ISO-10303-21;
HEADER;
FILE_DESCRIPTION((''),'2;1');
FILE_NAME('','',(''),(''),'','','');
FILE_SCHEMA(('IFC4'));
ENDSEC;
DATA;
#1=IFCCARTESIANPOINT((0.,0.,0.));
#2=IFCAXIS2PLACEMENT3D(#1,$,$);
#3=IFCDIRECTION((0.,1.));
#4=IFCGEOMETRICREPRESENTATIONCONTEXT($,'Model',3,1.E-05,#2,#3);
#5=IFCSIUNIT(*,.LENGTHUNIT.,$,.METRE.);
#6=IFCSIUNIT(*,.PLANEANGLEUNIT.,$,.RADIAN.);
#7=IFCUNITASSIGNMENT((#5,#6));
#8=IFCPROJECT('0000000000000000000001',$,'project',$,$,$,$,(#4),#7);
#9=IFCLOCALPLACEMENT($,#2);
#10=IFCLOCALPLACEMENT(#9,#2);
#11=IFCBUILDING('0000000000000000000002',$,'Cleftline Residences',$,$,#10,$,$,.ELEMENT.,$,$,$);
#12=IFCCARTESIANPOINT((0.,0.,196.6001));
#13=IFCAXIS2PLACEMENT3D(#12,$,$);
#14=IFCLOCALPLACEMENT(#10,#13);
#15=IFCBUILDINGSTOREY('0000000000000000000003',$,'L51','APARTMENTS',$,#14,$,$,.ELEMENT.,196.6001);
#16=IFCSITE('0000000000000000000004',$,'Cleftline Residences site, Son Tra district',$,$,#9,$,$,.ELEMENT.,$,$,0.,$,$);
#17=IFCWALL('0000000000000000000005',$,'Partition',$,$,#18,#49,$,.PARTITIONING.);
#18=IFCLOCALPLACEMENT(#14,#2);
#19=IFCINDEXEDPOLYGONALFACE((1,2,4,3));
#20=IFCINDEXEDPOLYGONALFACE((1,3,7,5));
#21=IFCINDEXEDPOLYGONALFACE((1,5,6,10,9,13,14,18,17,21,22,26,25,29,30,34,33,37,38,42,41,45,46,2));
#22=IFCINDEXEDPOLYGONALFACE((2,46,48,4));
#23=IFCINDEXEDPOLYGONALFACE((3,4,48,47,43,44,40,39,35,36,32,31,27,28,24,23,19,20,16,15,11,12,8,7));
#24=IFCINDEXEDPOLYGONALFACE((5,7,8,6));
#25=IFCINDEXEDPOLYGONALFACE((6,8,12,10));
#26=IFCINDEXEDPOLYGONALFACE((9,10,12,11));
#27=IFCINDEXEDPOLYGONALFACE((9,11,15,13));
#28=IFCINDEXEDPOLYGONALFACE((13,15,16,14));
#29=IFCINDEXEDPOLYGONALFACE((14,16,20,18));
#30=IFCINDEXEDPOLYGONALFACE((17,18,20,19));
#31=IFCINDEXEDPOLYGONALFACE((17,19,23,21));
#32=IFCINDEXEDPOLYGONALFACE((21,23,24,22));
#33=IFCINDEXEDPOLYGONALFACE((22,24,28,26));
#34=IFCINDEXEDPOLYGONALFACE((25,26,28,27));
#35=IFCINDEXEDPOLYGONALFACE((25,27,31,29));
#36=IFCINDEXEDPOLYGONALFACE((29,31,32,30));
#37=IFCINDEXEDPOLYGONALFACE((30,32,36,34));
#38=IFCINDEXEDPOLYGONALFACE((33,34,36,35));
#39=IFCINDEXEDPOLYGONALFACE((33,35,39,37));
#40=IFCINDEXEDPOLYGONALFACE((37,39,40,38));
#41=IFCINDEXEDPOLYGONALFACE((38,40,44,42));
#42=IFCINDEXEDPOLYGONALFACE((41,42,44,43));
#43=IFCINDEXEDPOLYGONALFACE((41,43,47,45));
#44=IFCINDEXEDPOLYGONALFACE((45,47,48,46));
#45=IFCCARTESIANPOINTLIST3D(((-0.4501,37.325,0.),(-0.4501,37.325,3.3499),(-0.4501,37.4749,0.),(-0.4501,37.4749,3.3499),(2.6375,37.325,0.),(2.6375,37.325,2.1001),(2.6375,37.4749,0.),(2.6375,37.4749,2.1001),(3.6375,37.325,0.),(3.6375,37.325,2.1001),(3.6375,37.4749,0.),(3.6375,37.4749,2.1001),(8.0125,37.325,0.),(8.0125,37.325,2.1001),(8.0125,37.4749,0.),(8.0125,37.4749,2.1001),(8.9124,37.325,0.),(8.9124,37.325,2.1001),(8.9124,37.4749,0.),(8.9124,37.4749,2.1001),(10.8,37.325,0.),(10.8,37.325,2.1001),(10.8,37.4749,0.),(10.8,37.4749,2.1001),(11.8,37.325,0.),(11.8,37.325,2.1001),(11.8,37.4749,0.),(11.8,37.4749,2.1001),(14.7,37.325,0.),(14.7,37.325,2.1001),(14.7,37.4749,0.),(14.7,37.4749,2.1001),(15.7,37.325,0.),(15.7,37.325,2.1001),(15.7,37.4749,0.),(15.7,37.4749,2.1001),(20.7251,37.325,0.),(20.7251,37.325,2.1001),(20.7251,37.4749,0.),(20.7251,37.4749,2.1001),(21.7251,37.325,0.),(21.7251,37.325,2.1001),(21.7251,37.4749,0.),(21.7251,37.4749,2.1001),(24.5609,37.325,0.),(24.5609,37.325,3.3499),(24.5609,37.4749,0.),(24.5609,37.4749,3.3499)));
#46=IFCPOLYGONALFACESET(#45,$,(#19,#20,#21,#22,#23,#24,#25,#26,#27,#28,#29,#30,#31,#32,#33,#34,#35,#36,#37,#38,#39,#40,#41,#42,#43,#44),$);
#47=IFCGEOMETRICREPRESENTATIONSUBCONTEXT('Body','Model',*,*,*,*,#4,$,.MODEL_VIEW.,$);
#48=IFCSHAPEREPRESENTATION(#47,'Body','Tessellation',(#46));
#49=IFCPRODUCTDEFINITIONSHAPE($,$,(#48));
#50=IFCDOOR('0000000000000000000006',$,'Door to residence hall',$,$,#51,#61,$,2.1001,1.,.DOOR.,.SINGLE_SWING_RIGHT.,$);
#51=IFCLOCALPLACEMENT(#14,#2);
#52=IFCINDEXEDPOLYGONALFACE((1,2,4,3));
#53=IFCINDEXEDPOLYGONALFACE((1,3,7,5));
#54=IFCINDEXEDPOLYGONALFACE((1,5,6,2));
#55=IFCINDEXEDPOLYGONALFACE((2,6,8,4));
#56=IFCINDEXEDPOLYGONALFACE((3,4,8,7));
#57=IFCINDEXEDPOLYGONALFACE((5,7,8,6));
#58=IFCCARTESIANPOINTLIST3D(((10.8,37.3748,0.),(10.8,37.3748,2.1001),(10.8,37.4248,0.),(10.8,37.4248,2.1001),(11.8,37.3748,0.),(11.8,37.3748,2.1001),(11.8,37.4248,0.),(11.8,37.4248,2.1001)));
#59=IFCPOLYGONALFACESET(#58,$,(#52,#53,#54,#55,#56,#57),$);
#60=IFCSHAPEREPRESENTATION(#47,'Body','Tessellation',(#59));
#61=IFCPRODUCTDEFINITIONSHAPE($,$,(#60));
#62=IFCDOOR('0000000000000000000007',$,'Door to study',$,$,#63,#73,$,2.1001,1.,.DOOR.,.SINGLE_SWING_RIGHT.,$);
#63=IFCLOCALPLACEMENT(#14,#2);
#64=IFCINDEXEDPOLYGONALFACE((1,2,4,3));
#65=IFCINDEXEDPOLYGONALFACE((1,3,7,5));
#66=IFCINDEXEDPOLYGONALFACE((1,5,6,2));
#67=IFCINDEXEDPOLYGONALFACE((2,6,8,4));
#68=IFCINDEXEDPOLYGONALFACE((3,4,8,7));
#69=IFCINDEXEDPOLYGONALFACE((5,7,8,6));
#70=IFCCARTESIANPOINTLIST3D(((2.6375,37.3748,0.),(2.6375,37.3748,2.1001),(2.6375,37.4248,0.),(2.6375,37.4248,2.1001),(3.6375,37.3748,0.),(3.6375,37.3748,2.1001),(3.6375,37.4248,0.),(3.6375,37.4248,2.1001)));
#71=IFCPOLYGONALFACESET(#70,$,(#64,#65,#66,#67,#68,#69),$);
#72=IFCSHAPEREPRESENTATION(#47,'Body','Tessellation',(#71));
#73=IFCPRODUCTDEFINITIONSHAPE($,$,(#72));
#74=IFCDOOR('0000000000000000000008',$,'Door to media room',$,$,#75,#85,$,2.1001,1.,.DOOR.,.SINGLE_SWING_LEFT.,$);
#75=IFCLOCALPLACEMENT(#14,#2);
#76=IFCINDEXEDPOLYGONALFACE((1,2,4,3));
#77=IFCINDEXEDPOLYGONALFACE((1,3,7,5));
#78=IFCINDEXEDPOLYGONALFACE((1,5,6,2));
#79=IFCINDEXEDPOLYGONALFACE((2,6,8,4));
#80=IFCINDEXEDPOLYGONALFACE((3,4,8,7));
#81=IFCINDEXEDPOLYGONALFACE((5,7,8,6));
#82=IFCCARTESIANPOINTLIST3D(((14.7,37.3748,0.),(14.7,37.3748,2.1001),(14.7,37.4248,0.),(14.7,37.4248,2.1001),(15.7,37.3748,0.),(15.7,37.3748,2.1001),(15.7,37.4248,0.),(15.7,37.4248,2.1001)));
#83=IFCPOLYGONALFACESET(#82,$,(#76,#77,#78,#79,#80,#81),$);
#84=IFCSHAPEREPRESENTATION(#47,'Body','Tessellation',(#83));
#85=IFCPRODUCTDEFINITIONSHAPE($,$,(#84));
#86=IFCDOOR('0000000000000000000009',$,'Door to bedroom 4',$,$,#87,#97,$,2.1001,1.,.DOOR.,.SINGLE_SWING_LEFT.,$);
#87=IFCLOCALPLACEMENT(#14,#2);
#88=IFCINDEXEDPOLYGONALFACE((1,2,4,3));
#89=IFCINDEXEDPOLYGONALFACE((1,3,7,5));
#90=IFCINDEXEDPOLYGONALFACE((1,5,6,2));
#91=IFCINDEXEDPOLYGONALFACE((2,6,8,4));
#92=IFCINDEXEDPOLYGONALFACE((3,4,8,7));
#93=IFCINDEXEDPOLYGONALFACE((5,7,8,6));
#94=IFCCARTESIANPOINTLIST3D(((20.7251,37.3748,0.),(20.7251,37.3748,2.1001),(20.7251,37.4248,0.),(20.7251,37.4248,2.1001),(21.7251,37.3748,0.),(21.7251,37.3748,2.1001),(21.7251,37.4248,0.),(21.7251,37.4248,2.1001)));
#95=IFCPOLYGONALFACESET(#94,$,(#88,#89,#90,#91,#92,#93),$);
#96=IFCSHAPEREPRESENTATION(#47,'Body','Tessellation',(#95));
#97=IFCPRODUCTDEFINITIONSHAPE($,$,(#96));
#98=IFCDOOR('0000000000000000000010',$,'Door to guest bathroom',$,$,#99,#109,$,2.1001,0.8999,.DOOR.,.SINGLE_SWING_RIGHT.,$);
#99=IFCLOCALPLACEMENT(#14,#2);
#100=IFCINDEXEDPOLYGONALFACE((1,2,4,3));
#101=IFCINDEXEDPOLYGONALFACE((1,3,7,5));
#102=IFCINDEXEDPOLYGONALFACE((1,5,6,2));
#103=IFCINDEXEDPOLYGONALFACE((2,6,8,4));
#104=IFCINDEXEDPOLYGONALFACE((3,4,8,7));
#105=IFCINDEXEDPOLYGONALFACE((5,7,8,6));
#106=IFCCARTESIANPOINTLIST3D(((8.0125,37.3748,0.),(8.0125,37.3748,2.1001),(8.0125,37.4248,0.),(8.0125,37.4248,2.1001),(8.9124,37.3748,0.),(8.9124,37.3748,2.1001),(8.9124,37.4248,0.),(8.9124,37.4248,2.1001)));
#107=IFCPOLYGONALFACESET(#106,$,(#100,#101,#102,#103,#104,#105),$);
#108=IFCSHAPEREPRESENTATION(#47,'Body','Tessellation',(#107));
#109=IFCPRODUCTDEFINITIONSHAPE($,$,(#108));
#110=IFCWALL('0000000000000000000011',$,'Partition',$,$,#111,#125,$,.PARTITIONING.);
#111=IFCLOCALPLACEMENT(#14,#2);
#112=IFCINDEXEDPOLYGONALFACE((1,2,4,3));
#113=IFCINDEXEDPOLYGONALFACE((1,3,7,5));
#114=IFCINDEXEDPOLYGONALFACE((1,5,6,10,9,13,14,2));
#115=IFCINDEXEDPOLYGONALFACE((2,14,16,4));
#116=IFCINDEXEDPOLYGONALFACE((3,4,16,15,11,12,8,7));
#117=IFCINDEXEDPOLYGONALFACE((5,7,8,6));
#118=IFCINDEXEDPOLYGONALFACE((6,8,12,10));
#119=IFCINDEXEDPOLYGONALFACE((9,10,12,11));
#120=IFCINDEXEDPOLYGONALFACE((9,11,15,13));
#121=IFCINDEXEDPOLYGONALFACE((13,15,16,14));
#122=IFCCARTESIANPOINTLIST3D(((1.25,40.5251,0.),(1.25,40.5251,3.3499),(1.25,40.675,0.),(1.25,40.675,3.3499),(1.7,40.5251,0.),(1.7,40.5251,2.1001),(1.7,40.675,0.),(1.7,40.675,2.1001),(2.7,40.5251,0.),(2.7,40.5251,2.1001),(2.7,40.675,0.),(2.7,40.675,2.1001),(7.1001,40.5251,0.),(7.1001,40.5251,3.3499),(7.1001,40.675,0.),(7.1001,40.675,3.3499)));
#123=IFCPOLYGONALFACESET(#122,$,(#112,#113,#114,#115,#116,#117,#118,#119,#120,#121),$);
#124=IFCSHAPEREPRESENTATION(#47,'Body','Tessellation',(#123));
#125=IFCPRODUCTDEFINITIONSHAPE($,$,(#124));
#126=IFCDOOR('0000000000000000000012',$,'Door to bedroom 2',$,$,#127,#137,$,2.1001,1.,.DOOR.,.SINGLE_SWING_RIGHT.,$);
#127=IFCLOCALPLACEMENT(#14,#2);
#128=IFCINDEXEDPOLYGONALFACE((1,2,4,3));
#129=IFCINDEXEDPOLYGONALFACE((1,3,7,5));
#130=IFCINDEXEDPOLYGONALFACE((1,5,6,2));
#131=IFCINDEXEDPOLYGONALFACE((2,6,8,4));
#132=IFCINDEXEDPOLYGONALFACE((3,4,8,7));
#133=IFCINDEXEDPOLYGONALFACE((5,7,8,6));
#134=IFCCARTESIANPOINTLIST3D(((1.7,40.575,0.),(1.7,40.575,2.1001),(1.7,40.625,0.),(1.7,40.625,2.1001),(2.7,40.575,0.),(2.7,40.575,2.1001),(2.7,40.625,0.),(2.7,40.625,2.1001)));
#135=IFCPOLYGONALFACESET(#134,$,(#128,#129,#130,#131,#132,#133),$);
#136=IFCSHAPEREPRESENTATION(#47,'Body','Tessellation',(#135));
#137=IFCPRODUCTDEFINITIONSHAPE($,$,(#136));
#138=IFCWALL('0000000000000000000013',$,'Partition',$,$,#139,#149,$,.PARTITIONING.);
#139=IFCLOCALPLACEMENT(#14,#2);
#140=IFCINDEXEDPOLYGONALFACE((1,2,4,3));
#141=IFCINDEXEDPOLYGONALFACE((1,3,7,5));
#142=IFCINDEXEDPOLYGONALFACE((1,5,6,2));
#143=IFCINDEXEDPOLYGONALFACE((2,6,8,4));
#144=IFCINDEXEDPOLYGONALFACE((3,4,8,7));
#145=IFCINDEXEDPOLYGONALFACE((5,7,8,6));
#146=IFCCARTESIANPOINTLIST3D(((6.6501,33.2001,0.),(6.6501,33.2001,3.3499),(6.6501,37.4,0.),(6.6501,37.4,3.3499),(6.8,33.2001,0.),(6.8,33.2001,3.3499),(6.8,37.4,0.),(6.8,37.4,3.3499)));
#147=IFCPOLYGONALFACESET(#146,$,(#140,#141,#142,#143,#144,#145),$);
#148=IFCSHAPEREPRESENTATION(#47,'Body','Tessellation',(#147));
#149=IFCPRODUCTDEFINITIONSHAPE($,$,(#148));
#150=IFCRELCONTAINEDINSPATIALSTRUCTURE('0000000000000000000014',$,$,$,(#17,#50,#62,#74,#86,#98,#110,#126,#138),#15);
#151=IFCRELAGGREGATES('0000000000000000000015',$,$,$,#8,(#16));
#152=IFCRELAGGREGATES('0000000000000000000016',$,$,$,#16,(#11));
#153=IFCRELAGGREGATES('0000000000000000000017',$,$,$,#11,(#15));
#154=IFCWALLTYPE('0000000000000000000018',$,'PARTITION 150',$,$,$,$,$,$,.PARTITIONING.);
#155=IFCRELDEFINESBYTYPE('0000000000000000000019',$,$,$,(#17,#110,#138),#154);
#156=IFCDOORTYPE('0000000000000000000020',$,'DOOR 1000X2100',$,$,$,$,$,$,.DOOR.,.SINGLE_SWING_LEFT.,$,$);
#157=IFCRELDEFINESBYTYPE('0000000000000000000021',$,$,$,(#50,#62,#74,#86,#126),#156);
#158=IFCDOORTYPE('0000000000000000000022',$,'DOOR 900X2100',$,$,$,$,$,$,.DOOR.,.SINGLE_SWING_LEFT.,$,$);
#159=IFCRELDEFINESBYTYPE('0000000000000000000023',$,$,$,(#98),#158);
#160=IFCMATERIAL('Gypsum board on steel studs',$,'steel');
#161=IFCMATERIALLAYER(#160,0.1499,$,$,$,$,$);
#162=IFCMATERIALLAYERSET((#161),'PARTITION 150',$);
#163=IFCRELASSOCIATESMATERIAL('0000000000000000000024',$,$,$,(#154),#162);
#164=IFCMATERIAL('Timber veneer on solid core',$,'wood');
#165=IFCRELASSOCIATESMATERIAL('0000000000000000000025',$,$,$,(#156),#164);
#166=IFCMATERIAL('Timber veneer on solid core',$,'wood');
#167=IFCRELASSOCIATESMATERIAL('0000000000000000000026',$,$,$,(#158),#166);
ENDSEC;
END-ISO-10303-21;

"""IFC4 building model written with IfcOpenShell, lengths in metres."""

from ifc_helpers import new_model, si_unit, direction, frame, frame_2d, origin, place, context, subcontext, project, spatial, rectangle, extrude, material, layer, layer_set, type_object, element, fill, save


model = new_model("IFC4")

# Units and contexts
model_context = context("Model", 3, precision=1e-05, world=origin(), true_north=direction((0.0, 1.0)))
body_context = subcontext(model_context, "Body", "Model", "MODEL_VIEW")
ifc_project = project(units=[si_unit("LENGTHUNIT", "METRE"), si_unit("PLANEANGLEUNIT", "RADIAN")], contexts=[model_context])

# Site, building, storey
site_placement = place(None, origin())
site = spatial("IfcSite", under=ifc_project, at=site_placement, Name="Cleftline Residences site, Son Tra district", CompositionType="ELEMENT", RefElevation=0.0)
building_placement = place(site_placement, origin())
building = spatial("IfcBuilding", under=site, at=building_placement, Name="Cleftline Residences", CompositionType="ELEMENT")
storey_placement = place(building_placement, frame((0.0, 0.0, 196.6001)))
storey = spatial("IfcBuildingStorey", under=building, at=storey_placement, Name="L51", Description="APARTMENTS", CompositionType="ELEMENT", Elevation=196.6001)

# Shared definitions
ifc_material_1 = material(Name="Gypsum board on steel studs", Category="steel")
ifc_layer = layer(ifc_material_1, 0.1499)
ifc_layer_set = layer_set([ifc_layer], Name="PARTITION 150")
wall_type = type_object("IfcWallType", Name="PARTITION 150", PredefinedType="PARTITIONING", material=ifc_layer_set)

# Wall, openings, doors
wall_1_placement = place(storey_placement, frame((-0.45, 37.3999, 0.0), z_axis=(0.0, 0.0, 1.0), x_axis=(1.0, 0.0, 0.0)))
wall_1 = element("IfcWall", 1, at=wall_1_placement, inside=storey, type_object=wall_type, Name="Partition", PredefinedType="PARTITIONING", context=body_context, shape_type="SweptSolid", body=[
    extrude(rectangle(XDim=25.011, YDim=0.1499, at=frame_2d((12.5054, 0.0))), origin(), (0.0, 0.0, 1.0), 3.3499),
])
opening_1_placement = place(wall_1_placement, frame((11.25, 0.0, 0.0)))
opening_1 = element("IfcOpeningElement", 2, at=opening_1_placement, cuts=wall_1, PredefinedType="OPENING", context=body_context, shape_type="SweptSolid", body=[
    extrude(rectangle(XDim=1.0, YDim=2.1001, at=frame_2d((0.5, 1.05))), frame((0.0, 0.085, 0.0), z_axis=(0.0, -1.0, 0.0), x_axis=(1.0, 0.0, 0.0)), (0.0, 0.0, 1.0), 0.1699),
])
opening_2_placement = place(wall_1_placement, frame((3.0874, 0.0, 0.0)))
opening_2 = element("IfcOpeningElement", 3, at=opening_2_placement, cuts=wall_1, PredefinedType="OPENING", context=body_context, shape_type="SweptSolid", body=[
    extrude(rectangle(XDim=1.0, YDim=2.1001, at=frame_2d((0.5, 1.05))), frame((0.0, 0.085, 0.0), z_axis=(0.0, -1.0, 0.0), x_axis=(1.0, 0.0, 0.0)), (0.0, 0.0, 1.0), 0.1699),
])
opening_3_placement = place(wall_1_placement, frame((8.4624, 0.0, 0.0)))
opening_3 = element("IfcOpeningElement", 4, at=opening_3_placement, cuts=wall_1, PredefinedType="OPENING", context=body_context, shape_type="SweptSolid", body=[
    extrude(rectangle(XDim=0.8999, YDim=2.1001, at=frame_2d((0.45, 1.05))), frame((0.0, 0.085, 0.0), z_axis=(0.0, -1.0, 0.0), x_axis=(1.0, 0.0, 0.0)), (0.0, 0.0, 1.0), 0.1699),
])
opening_4_placement = place(wall_1_placement, frame((15.1499, 0.0, 0.0)))
opening_4 = element("IfcOpeningElement", 5, at=opening_4_placement, cuts=wall_1, PredefinedType="OPENING", context=body_context, shape_type="SweptSolid", body=[
    extrude(rectangle(XDim=1.0, YDim=2.1001, at=frame_2d((0.5, 1.05))), frame((0.0, 0.085, 0.0), z_axis=(0.0, -1.0, 0.0), x_axis=(1.0, 0.0, 0.0)), (0.0, 0.0, 1.0), 0.1699),
])
opening_5_placement = place(wall_1_placement, frame((21.175, 0.0, 0.0)))
opening_5 = element("IfcOpeningElement", 6, at=opening_5_placement, cuts=wall_1, PredefinedType="OPENING", context=body_context, shape_type="SweptSolid", body=[
    extrude(rectangle(XDim=1.0, YDim=2.1001, at=frame_2d((0.5, 1.05))), frame((0.0, 0.085, 0.0), z_axis=(0.0, -1.0, 0.0), x_axis=(1.0, 0.0, 0.0)), (0.0, 0.0, 1.0), 0.1699),
])
ifc_material_2 = material(Name="Timber veneer on solid core", Category="wood")
door_type_1 = type_object("IfcDoorType", Name="DOOR 1000X2100", OperationType="SINGLE_SWING_LEFT", PredefinedType="DOOR", material=ifc_material_2)
door_1_placement = place(opening_1_placement, origin())
door_1 = element("IfcDoor", 7, at=door_1_placement, inside=storey, type_object=door_type_1, Name="Door to residence hall", OperationType="SINGLE_SWING_RIGHT", OverallHeight=2.1001, OverallWidth=1.0, PredefinedType="DOOR", context=body_context, shape_type="SweptSolid", body=[
    extrude(rectangle(XDim=1.0, YDim=2.1001, at=frame_2d((0.5, 1.05))), frame((0.0, 0.0249, 0.0), z_axis=(0.0, -1.0, 0.0), x_axis=(1.0, 0.0, 0.0)), (0.0, 0.0, 1.0), 0.05),
])
fill(opening_1, door_1)
door_2_placement = place(opening_2_placement, origin())
door_2 = element("IfcDoor", 8, at=door_2_placement, inside=storey, type_object=door_type_1, Name="Door to study", OperationType="SINGLE_SWING_RIGHT", OverallHeight=2.1001, OverallWidth=1.0, PredefinedType="DOOR", context=body_context, shape_type="SweptSolid", body=[
    extrude(rectangle(XDim=1.0, YDim=2.1001, at=frame_2d((0.5, 1.05))), frame((0.0, 0.0249, 0.0), z_axis=(0.0, -1.0, 0.0), x_axis=(1.0, 0.0, 0.0)), (0.0, 0.0, 1.0), 0.05),
])
fill(opening_2, door_2)
door_3_placement = place(opening_4_placement, origin())
door_3 = element("IfcDoor", 9, at=door_3_placement, inside=storey, type_object=door_type_1, Name="Door to media room", OperationType="SINGLE_SWING_LEFT", OverallHeight=2.1001, OverallWidth=1.0, PredefinedType="DOOR", context=body_context, shape_type="SweptSolid", body=[
    extrude(rectangle(XDim=1.0, YDim=2.1001, at=frame_2d((0.5, 1.05))), frame((0.0, 0.0249, 0.0), z_axis=(0.0, -1.0, 0.0), x_axis=(1.0, 0.0, 0.0)), (0.0, 0.0, 1.0), 0.05),
])
fill(opening_4, door_3)
door_4_placement = place(opening_5_placement, origin())
door_4 = element("IfcDoor", 10, at=door_4_placement, inside=storey, type_object=door_type_1, Name="Door to bedroom 4", OperationType="SINGLE_SWING_LEFT", OverallHeight=2.1001, OverallWidth=1.0, PredefinedType="DOOR", context=body_context, shape_type="SweptSolid", body=[
    extrude(rectangle(XDim=1.0, YDim=2.1001, at=frame_2d((0.5, 1.05))), frame((0.0, 0.0249, 0.0), z_axis=(0.0, -1.0, 0.0), x_axis=(1.0, 0.0, 0.0)), (0.0, 0.0, 1.0), 0.05),
])
fill(opening_5, door_4)
ifc_material_3 = material(Name="Timber veneer on solid core", Category="wood")
door_type_2 = type_object("IfcDoorType", Name="DOOR 900X2100", OperationType="SINGLE_SWING_LEFT", PredefinedType="DOOR", material=ifc_material_3)
door_5_placement = place(opening_3_placement, origin())
door_5 = element("IfcDoor", 11, at=door_5_placement, inside=storey, type_object=door_type_2, Name="Door to guest bathroom", OperationType="SINGLE_SWING_RIGHT", OverallHeight=2.1001, OverallWidth=0.8999, PredefinedType="DOOR", context=body_context, shape_type="SweptSolid", body=[
    extrude(rectangle(XDim=0.8999, YDim=2.1001, at=frame_2d((0.45, 1.05))), frame((0.0, 0.0249, 0.0), z_axis=(0.0, -1.0, 0.0), x_axis=(1.0, 0.0, 0.0)), (0.0, 0.0, 1.0), 0.05),
])
fill(opening_3, door_5)

# Wall, opening, door
wall_2_placement = place(storey_placement, frame((1.25, 40.6001, 0.0), z_axis=(0.0, 0.0, 1.0), x_axis=(1.0, 0.0, 0.0)))
wall_2 = element("IfcWall", 12, at=wall_2_placement, inside=storey, type_object=wall_type, Name="Partition", PredefinedType="PARTITIONING", context=body_context, shape_type="SweptSolid", body=[
    extrude(rectangle(XDim=5.8501, YDim=0.1499, at=frame_2d((2.925, 0.0))), origin(), (0.0, 0.0, 1.0), 3.3499),
])
opening_6_placement = place(wall_2_placement, frame((0.45, 0.0, 0.0)))
opening_6 = element("IfcOpeningElement", 13, at=opening_6_placement, cuts=wall_2, PredefinedType="OPENING", context=body_context, shape_type="SweptSolid", body=[
    extrude(rectangle(XDim=1.0, YDim=2.1001, at=frame_2d((0.5, 1.05))), frame((0.0, 0.085, 0.0), z_axis=(0.0, -1.0, 0.0), x_axis=(1.0, 0.0, 0.0)), (0.0, 0.0, 1.0), 0.1699),
])
door_6_placement = place(opening_6_placement, origin())
door_6 = element("IfcDoor", 14, at=door_6_placement, inside=storey, type_object=door_type_1, Name="Door to bedroom 2", OperationType="SINGLE_SWING_RIGHT", OverallHeight=2.1001, OverallWidth=1.0, PredefinedType="DOOR", context=body_context, shape_type="SweptSolid", body=[
    extrude(rectangle(XDim=1.0, YDim=2.1001, at=frame_2d((0.5, 1.05))), frame((0.0, 0.0249, 0.0), z_axis=(0.0, -1.0, 0.0), x_axis=(1.0, 0.0, 0.0)), (0.0, 0.0, 1.0), 0.05),
])
fill(opening_6, door_6)

# Wall
wall_3_placement = place(storey_placement, frame((6.7251, 33.2, 0.0), z_axis=(0.0, 0.0, 1.0), x_axis=(0.0, 1.0, 0.0)))
element("IfcWall", 15, at=wall_3_placement, inside=storey, type_object=wall_type, Name="Partition", PredefinedType="PARTITIONING", context=body_context, shape_type="SweptSolid", body=[
    extrude(rectangle(XDim=4.2, YDim=0.1499, at=frame_2d((2.1001, 0.0))), origin(), (0.0, 0.0, 1.0), 3.3499),
])

save(model, "model.ifc")
